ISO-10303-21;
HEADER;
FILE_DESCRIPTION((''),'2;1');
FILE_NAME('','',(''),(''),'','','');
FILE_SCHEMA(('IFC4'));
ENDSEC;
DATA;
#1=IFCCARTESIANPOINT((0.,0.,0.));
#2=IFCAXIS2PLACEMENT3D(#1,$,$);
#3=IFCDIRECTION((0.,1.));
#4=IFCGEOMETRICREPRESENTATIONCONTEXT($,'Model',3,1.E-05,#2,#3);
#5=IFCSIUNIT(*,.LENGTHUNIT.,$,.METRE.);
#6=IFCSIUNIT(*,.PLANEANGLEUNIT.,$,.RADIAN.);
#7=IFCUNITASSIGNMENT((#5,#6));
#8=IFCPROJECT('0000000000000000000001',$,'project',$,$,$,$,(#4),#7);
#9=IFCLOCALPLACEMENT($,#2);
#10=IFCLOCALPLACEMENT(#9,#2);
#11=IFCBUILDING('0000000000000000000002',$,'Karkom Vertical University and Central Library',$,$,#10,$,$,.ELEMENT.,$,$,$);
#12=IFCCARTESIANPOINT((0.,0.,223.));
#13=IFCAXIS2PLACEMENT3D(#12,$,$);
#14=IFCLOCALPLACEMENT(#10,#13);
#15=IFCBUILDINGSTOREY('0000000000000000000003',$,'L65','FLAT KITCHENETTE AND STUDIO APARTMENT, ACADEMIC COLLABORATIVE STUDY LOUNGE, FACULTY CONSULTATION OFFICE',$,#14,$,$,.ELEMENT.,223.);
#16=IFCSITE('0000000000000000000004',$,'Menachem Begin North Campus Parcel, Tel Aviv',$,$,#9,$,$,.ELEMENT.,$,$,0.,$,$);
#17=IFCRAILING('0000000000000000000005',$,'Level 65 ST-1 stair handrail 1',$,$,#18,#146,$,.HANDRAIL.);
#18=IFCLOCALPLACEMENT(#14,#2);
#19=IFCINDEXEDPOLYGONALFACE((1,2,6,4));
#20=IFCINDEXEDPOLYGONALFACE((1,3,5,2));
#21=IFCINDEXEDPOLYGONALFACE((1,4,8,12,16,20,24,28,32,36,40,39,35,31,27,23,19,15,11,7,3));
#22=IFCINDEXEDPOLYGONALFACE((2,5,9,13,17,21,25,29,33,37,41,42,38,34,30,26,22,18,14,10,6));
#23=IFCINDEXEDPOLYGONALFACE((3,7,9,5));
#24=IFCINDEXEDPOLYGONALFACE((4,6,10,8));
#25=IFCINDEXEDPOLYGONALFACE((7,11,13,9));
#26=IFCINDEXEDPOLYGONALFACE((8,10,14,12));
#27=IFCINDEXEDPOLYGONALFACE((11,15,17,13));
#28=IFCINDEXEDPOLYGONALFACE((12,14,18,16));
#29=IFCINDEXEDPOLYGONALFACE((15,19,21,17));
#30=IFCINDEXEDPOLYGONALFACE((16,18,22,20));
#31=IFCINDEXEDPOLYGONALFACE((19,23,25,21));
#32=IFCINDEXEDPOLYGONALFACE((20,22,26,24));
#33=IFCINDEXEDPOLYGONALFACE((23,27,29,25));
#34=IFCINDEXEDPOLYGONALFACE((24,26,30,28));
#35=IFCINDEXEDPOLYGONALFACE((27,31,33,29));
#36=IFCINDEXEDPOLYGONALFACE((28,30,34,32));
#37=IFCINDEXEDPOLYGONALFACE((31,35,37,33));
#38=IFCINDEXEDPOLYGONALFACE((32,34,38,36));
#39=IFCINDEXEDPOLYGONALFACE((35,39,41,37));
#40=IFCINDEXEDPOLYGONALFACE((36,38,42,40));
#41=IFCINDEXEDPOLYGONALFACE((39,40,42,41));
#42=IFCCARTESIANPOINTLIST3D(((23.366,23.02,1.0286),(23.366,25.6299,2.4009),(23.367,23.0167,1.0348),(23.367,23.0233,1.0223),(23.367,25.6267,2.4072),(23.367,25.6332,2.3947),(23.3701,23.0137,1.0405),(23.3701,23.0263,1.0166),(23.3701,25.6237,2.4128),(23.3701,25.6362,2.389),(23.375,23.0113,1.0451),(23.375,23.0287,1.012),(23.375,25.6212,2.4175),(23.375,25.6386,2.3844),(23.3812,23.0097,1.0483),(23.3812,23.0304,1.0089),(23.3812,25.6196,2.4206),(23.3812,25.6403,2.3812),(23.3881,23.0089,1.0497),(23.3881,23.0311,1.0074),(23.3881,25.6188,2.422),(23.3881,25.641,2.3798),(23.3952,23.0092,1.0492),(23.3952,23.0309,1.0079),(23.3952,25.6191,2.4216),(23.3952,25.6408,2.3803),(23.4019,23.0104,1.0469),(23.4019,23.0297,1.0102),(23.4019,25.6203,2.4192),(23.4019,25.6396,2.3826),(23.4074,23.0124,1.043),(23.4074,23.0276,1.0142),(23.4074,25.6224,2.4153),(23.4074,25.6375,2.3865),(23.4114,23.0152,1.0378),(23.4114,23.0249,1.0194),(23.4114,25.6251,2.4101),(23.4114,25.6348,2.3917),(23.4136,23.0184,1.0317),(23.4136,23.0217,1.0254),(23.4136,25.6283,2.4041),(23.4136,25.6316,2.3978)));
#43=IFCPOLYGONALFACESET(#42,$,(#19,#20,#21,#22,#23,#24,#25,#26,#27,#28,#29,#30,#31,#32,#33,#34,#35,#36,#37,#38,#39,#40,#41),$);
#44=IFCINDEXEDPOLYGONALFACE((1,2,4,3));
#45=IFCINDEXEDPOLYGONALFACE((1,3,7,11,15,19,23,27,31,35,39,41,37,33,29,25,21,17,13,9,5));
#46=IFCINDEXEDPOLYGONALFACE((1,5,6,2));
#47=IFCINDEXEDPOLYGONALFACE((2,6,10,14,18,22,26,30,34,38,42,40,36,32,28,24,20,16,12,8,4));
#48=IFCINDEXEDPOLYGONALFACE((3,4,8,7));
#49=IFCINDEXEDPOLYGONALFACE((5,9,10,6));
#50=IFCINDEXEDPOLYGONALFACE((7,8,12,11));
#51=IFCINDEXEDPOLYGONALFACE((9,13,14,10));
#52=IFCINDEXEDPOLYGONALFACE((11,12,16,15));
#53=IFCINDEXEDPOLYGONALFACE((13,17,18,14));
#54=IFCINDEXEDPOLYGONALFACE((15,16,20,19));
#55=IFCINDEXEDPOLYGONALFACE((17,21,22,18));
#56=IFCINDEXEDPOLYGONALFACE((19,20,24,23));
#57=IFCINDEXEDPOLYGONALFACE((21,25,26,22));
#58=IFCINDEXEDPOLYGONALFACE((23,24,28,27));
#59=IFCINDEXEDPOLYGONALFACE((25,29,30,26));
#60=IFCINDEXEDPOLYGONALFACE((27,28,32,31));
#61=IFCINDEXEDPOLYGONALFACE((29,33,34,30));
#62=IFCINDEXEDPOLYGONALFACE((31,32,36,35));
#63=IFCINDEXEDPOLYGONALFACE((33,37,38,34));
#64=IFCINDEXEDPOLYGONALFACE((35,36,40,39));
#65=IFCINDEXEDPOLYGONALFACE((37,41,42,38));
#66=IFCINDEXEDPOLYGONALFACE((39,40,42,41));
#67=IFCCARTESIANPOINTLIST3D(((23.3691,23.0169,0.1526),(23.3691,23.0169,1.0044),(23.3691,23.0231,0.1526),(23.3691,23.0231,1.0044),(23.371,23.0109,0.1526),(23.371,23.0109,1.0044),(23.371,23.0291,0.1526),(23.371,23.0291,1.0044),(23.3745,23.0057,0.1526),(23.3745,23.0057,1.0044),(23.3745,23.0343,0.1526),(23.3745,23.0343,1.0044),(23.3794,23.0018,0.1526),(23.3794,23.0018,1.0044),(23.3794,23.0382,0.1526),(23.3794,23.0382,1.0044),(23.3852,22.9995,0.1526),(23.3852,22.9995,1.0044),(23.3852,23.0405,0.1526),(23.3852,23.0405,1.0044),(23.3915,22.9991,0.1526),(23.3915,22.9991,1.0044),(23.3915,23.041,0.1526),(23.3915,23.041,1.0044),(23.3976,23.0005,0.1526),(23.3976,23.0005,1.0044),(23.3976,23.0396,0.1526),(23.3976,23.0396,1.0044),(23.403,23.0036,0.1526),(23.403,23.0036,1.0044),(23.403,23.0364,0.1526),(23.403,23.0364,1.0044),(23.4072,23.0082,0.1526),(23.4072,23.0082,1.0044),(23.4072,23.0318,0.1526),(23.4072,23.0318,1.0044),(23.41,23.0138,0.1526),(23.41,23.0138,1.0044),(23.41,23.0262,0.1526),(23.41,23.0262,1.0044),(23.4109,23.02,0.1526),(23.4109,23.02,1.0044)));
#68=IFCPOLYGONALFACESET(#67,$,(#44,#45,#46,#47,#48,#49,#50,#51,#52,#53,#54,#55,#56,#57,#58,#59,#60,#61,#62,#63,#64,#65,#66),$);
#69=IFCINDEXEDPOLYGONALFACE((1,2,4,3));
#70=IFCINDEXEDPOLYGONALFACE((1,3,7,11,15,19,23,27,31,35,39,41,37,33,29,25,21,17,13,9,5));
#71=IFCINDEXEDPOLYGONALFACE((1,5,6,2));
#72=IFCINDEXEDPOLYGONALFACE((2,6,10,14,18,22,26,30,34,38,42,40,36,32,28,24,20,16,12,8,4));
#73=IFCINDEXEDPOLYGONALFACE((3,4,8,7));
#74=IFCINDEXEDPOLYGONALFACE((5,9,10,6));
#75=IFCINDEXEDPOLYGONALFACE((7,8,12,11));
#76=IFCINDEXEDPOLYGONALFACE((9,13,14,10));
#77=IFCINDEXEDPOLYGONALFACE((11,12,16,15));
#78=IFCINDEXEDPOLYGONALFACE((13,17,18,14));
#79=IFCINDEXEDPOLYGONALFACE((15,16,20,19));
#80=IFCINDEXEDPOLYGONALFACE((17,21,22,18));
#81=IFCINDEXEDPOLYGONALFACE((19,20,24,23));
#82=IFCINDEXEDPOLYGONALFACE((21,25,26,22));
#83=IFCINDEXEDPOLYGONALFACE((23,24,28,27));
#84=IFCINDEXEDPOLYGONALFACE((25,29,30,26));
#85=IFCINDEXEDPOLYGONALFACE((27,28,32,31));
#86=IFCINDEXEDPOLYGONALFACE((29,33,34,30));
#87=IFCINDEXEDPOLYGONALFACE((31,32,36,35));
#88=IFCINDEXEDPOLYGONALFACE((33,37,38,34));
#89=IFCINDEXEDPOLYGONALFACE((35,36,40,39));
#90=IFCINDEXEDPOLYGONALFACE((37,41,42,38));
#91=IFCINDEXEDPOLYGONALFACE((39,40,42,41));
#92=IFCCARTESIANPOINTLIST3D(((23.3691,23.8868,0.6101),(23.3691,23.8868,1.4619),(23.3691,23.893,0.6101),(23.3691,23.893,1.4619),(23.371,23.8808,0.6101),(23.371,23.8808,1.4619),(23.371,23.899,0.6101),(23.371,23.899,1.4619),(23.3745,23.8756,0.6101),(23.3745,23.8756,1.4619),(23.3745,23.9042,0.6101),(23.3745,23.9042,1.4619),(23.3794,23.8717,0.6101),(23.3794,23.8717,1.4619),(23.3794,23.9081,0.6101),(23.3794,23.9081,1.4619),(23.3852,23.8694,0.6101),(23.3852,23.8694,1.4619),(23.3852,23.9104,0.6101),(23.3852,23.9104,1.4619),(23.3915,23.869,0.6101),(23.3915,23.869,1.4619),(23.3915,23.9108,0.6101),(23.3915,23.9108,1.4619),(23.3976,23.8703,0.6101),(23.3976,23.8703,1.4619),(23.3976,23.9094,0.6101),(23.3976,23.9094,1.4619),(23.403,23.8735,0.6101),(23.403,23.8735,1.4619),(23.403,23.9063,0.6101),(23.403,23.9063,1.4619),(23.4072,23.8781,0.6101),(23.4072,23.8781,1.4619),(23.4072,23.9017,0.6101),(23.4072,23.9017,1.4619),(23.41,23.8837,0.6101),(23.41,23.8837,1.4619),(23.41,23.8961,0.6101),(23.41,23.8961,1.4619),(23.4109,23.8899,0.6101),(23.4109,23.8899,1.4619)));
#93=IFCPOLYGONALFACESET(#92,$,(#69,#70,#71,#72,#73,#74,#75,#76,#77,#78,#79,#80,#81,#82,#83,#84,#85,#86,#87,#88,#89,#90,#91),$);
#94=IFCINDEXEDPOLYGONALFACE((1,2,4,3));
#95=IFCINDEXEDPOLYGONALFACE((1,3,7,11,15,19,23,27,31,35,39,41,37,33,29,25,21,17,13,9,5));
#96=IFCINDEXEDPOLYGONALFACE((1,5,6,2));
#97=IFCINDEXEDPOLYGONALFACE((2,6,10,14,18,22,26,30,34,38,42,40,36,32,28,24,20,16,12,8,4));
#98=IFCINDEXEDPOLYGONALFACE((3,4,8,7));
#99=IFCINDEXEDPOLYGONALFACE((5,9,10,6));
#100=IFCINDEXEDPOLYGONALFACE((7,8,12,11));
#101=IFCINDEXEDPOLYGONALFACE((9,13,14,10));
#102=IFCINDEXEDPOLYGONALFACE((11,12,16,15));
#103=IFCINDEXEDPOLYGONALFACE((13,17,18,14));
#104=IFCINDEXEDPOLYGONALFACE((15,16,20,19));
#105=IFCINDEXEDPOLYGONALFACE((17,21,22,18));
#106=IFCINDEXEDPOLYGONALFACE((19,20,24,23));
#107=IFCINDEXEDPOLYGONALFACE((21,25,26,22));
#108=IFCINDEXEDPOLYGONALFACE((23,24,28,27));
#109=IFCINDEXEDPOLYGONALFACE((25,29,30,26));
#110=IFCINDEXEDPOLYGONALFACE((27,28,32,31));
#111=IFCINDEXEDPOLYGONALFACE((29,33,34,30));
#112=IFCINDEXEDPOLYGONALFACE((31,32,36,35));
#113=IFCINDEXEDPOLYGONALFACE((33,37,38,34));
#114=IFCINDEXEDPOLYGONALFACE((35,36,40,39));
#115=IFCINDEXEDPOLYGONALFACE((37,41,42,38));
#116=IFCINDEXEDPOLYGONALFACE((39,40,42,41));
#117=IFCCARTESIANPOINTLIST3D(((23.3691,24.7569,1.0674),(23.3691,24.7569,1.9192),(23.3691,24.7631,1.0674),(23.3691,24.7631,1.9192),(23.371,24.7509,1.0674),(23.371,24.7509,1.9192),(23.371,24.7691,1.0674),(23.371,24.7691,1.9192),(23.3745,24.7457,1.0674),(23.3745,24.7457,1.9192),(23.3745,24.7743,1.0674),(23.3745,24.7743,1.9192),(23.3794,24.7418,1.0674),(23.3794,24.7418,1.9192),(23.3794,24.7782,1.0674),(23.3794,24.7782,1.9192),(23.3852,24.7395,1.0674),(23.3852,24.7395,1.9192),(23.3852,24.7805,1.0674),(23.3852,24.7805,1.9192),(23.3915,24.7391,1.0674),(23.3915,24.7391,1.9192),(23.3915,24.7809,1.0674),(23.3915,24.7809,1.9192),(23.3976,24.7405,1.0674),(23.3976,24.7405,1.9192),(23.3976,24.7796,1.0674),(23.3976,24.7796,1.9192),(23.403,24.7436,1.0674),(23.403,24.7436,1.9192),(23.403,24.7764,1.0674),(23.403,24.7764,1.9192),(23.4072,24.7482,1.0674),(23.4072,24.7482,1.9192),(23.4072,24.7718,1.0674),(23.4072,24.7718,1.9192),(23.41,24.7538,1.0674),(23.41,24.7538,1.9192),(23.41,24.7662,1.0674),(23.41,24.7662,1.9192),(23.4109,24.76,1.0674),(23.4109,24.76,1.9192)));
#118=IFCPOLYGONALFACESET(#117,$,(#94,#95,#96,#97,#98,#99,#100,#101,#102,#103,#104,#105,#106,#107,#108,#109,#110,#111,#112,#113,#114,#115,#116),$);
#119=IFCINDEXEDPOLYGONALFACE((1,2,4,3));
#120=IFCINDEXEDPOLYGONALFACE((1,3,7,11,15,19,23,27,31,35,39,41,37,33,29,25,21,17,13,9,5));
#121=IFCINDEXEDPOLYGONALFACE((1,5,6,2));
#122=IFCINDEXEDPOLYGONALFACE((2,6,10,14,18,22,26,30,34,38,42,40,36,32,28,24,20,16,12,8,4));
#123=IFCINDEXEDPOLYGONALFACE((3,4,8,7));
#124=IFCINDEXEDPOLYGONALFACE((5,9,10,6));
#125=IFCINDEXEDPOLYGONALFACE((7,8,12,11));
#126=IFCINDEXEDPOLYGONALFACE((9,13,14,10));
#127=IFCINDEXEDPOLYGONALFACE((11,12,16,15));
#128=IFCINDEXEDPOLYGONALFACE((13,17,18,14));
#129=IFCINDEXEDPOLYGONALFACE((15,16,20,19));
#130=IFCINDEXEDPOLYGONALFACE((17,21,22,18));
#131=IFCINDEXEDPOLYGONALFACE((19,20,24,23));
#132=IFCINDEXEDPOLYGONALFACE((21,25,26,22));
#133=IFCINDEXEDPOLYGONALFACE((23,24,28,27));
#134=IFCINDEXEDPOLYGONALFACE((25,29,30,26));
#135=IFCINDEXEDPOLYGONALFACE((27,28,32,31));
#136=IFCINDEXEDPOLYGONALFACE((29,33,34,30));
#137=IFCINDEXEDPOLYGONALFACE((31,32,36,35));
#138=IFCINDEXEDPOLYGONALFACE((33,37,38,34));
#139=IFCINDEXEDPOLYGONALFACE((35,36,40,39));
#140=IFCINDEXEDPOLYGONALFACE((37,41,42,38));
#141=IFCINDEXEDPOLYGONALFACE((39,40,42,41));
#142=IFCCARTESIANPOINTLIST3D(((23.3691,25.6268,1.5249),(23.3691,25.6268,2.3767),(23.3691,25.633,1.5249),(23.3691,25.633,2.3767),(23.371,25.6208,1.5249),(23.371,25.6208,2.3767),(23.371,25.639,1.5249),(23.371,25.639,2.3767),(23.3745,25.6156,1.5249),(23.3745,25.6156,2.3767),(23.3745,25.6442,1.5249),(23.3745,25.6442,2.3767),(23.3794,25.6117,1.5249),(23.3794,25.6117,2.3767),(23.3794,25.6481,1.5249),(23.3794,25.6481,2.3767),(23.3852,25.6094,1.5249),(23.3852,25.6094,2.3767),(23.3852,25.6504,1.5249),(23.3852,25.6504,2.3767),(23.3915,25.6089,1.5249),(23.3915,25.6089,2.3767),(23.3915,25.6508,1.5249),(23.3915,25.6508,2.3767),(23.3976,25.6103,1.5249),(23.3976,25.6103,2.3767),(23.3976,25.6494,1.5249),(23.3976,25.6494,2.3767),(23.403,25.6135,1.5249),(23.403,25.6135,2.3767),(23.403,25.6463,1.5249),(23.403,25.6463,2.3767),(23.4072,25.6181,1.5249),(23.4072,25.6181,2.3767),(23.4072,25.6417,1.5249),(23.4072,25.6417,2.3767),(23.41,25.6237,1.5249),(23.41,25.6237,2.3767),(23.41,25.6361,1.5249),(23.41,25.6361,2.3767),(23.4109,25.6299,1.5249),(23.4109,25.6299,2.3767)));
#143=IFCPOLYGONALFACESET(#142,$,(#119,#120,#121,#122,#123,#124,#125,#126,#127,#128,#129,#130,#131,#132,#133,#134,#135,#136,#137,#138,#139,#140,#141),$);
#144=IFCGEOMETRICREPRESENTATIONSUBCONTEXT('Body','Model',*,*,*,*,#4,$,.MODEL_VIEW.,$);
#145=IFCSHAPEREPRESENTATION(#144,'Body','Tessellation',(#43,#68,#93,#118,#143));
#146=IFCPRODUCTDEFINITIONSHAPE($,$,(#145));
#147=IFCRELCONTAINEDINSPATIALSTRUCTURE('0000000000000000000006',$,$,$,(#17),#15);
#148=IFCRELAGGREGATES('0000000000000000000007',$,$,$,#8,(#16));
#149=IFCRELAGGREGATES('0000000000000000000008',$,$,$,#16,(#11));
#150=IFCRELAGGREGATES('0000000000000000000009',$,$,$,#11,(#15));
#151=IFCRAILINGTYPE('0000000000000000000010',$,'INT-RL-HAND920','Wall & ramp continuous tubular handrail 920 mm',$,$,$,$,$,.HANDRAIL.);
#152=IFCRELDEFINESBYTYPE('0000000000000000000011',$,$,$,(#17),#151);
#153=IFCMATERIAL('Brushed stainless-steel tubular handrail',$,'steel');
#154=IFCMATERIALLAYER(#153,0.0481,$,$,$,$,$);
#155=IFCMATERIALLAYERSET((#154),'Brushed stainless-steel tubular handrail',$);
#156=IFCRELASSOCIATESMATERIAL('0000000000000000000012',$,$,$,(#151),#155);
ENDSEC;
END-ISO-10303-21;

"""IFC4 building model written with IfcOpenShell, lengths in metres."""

from ifc_helpers import new_model, si_unit, direction, frame, origin, origin_2d, place, context, subcontext, project, spatial, circle, extrude, material, layer, layer_set, type_object, element, save


model = new_model("IFC4")

# Units and contexts
model_context = context("Model", 3, precision=1e-05, world=origin(), true_north=direction((0.0, 1.0)))
body_context = subcontext(model_context, "Body", "Model", "MODEL_VIEW")
ifc_project = project(units=[si_unit("LENGTHUNIT", "METRE"), si_unit("PLANEANGLEUNIT", "RADIAN")], contexts=[model_context])

# Site, building, storey
site_placement = place(None, origin())
site = spatial("IfcSite", under=ifc_project, at=site_placement, Name="Menachem Begin North Campus Parcel, Tel Aviv", CompositionType="ELEMENT", RefElevation=0.0)
building_placement = place(site_placement, origin())
building = spatial("IfcBuilding", under=site, at=building_placement, Name="Karkom Vertical University and Central Library", CompositionType="ELEMENT")
storey_placement = place(building_placement, frame((0.0, 0.0, 223.0)))
storey = spatial("IfcBuildingStorey", under=building, at=storey_placement, Name="L65", Description="FLAT KITCHENETTE AND STUDIO APARTMENT, ACADEMIC COLLABORATIVE STUDY LOUNGE, FACULTY CONSULTATION OFFICE", CompositionType="ELEMENT", Elevation=223.0)

# Railing
ifc_material_1 = material(Name="Brushed stainless-steel tubular handrail", Category="steel")
ifc_layer_1 = layer(ifc_material_1, 0.0481)
ifc_layer_set_1 = layer_set([ifc_layer_1], Name="Brushed stainless-steel tubular handrail")
railing_type_1 = type_object("IfcRailingType", Name="INT-RL-HAND920", Description="Wall & ramp continuous tubular handrail 920 mm", PredefinedType="HANDRAIL", material=ifc_layer_set_1)
railing_1_placement = place(storey_placement, frame((23.3899, 23.02, 0.1526)))
element("IfcRailing", 1, at=railing_1_placement, inside=storey, type_object=railing_type_1, Name="Level 65 ST-1 stair handrail 1", PredefinedType="HANDRAIL", context=body_context, shape_type="SweptSolid", body=[
    extrude(circle(Radius=0.0239, at=origin_2d()), frame((0.0, 0.0, 0.876), z_axis=(0.0, 0.8851, 0.465402), x_axis=(-1.0, 0.0, 0.0)), (0.0, 0.0, 1.0), 2.9487),
    extrude(circle(Radius=0.021, at=origin_2d()), origin(), (0.0, 0.0, 1.0), 0.8518),
    extrude(circle(Radius=0.021, at=origin_2d()), frame((0.0, 0.8699, 0.4575)), (0.0, 0.0, 1.0), 0.8518),
    extrude(circle(Radius=0.021, at=origin_2d()), frame((0.0, 1.74, 0.9148)), (0.0, 0.0, 1.0), 0.8518),
    extrude(circle(Radius=0.021, at=origin_2d()), frame((0.0, 2.6099, 1.3723)), (0.0, 0.0, 1.0), 0.8518),
])

save(model, "model.ifc")
